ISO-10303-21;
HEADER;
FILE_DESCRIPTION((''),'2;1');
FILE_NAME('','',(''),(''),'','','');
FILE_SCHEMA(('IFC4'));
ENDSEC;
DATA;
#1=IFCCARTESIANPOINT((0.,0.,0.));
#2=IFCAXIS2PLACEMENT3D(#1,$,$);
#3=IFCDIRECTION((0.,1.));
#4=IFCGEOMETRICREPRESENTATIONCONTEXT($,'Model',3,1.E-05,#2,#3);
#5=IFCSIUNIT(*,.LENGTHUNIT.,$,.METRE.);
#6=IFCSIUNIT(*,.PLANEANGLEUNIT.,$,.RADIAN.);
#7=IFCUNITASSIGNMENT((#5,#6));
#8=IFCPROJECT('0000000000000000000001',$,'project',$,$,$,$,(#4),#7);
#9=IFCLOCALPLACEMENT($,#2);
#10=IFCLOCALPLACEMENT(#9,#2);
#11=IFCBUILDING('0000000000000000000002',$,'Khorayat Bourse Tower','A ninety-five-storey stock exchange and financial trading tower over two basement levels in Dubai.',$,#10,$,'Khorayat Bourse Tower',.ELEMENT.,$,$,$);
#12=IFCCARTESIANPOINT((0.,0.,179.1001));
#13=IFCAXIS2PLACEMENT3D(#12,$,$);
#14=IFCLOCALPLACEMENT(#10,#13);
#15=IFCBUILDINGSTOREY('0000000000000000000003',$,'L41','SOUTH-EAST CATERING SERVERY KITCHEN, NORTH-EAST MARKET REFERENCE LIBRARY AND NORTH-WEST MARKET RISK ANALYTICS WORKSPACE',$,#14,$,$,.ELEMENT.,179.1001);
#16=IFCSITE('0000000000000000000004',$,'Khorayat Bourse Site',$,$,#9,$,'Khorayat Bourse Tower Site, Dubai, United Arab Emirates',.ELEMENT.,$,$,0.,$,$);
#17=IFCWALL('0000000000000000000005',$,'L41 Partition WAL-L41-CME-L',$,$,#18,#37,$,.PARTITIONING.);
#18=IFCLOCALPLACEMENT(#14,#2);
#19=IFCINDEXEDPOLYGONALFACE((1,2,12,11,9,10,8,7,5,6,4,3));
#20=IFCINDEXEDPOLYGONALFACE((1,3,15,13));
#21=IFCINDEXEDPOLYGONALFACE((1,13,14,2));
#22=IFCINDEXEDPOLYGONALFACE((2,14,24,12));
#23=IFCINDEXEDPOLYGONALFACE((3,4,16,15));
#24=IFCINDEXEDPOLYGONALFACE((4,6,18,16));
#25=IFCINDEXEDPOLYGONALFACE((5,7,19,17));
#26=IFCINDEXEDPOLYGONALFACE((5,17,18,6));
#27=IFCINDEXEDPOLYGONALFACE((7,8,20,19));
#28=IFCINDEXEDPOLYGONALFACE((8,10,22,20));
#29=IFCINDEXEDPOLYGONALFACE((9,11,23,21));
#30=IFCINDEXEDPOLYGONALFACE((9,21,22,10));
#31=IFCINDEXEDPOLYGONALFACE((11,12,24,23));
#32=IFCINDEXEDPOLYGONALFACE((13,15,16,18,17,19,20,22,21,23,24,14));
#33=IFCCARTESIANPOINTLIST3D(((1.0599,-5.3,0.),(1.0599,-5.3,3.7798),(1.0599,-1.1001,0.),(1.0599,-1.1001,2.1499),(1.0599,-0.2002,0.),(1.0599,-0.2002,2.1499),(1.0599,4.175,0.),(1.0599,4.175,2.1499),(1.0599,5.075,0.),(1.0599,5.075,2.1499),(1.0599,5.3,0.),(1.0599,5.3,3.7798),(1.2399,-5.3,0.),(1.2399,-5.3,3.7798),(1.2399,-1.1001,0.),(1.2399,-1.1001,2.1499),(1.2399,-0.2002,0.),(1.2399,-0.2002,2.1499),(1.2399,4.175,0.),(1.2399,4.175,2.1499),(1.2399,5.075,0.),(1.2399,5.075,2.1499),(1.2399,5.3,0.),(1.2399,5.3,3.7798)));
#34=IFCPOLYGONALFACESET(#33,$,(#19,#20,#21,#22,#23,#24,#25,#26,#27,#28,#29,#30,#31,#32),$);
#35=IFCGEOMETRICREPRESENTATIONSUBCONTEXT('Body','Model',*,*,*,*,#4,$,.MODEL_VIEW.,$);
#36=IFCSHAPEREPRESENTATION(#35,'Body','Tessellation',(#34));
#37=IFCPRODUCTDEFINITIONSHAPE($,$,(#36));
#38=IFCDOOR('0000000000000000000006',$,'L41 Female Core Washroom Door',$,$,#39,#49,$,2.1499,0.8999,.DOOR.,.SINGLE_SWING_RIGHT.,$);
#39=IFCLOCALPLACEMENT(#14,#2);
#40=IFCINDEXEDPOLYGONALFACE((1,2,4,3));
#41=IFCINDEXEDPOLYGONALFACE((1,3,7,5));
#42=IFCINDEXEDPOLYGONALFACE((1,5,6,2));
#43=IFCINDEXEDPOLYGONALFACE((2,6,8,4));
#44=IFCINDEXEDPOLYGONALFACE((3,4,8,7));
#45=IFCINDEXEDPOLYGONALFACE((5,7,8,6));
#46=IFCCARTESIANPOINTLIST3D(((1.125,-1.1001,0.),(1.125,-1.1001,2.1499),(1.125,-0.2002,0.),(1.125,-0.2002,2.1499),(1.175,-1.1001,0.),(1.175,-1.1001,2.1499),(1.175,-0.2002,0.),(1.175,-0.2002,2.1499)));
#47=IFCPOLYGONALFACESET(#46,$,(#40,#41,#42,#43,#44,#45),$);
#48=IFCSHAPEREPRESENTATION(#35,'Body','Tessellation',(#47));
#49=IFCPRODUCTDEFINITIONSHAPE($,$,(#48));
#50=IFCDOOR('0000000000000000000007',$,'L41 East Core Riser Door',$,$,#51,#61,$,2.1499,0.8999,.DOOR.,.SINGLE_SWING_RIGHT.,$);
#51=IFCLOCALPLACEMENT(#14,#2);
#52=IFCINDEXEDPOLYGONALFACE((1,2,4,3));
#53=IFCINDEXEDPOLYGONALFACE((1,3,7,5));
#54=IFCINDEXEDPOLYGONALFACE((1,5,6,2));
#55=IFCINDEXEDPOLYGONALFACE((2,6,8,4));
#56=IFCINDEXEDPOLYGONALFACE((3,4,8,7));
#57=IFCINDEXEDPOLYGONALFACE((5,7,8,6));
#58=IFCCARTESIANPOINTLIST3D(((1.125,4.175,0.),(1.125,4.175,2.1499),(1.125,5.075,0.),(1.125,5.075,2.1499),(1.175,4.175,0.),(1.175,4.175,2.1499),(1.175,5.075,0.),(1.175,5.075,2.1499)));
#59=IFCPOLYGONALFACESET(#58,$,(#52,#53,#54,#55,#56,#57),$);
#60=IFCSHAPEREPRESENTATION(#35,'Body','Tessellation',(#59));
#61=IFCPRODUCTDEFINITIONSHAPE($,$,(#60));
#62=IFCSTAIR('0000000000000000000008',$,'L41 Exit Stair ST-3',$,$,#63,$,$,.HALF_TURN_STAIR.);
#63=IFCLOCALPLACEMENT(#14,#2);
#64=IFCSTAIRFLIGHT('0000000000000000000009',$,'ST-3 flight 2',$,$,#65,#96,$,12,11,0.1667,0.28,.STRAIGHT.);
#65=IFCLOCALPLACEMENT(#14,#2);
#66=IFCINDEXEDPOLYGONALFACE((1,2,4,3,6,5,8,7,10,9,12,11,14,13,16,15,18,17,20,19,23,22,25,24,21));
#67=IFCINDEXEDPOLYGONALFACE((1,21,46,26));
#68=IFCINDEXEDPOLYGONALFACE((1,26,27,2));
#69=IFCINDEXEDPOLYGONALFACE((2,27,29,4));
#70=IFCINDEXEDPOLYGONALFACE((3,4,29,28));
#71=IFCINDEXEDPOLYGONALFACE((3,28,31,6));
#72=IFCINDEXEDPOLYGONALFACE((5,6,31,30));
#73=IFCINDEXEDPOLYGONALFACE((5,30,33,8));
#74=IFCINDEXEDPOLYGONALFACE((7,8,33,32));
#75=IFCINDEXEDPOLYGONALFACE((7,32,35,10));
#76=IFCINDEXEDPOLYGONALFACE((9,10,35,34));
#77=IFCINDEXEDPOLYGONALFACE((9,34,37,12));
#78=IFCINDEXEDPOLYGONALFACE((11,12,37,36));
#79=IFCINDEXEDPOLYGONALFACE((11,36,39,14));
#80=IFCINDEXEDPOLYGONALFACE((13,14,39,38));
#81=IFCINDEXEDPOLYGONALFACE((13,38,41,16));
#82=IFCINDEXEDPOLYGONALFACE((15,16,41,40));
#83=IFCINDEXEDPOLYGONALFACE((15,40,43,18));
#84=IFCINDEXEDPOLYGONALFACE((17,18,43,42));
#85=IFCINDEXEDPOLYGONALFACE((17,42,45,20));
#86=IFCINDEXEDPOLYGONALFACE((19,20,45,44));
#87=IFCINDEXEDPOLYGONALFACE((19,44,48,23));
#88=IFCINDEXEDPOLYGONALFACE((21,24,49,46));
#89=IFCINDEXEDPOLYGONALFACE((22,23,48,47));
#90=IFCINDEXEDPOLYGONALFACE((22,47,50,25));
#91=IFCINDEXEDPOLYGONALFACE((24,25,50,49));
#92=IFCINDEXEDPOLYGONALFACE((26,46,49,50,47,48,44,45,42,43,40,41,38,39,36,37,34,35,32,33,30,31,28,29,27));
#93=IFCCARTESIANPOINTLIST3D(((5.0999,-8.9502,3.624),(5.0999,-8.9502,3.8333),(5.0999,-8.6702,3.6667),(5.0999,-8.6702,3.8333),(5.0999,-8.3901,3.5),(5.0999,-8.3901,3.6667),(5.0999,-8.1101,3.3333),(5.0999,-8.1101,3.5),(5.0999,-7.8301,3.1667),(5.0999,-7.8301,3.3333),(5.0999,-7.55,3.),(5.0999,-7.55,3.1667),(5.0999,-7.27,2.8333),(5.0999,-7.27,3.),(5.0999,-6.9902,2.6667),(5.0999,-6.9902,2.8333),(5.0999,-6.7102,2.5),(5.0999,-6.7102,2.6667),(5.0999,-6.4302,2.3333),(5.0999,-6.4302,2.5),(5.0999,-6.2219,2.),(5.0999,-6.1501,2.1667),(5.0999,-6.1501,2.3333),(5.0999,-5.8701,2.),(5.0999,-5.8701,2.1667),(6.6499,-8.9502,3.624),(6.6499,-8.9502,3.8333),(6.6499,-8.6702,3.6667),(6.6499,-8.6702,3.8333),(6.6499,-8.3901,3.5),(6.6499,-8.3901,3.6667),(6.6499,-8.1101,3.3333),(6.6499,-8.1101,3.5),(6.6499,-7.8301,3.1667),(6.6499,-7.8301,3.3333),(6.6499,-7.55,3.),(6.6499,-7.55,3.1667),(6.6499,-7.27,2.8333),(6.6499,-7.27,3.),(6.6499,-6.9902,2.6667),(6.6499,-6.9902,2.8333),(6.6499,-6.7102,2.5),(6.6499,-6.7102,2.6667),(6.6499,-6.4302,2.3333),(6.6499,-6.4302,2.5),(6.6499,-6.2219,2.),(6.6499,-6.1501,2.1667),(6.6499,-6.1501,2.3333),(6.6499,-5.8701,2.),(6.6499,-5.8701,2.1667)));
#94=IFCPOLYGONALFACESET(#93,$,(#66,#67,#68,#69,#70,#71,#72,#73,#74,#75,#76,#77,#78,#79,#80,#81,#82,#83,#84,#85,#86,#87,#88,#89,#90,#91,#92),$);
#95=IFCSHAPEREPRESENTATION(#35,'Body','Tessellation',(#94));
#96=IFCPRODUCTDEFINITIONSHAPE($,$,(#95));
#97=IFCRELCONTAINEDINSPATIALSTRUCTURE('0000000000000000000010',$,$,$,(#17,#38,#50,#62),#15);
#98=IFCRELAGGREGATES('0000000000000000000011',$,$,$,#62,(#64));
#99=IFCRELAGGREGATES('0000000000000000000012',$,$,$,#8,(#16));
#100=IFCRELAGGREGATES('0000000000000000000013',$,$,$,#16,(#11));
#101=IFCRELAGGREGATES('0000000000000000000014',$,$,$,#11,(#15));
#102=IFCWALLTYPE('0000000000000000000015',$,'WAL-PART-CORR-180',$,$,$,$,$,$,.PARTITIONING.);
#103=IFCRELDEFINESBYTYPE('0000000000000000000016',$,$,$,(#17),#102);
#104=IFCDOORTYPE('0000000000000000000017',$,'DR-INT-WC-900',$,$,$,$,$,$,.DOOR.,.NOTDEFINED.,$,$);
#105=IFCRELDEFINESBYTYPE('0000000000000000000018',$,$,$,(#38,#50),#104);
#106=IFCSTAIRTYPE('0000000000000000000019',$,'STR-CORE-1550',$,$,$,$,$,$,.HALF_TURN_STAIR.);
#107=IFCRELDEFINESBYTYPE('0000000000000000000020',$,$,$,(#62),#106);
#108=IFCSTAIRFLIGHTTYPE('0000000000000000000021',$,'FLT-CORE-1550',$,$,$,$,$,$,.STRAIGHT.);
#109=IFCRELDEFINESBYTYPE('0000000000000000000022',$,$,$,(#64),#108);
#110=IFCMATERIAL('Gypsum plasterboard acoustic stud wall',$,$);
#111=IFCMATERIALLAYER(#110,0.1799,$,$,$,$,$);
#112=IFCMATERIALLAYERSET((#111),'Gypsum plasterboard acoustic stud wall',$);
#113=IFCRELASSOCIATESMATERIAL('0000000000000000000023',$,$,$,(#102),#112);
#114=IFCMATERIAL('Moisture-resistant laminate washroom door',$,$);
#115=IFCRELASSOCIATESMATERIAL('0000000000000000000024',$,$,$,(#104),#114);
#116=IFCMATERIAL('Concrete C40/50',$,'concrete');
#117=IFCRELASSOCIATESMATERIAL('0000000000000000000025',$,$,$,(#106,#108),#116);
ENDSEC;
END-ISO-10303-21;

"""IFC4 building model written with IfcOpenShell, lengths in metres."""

from ifc_helpers import new_model, si_unit, direction, frame, frame_2d, origin, place, context, subcontext, project, spatial, polyline, rectangle, outline, extrude, source, transform, mapped, material, layer, layer_set, type_object, element, fill, aggregate, save


model = new_model("IFC4")

# Units and contexts
model_context = context("Model", 3, precision=1e-05, world=origin(), true_north=direction((0.0, 1.0)))
body_context = subcontext(model_context, "Body", "Model", "MODEL_VIEW")
ifc_project = project(units=[si_unit("LENGTHUNIT", "METRE"), si_unit("PLANEANGLEUNIT", "RADIAN")], contexts=[model_context])

# Site, building, storey
site_placement = place(None, origin())
site = spatial("IfcSite", under=ifc_project, at=site_placement, Name="Khorayat Bourse Site", LongName="Khorayat Bourse Tower Site, Dubai, United Arab Emirates", CompositionType="ELEMENT", RefElevation=0.0)
building_placement = place(site_placement, origin())
building = spatial("IfcBuilding", under=site, at=building_placement, Name="Khorayat Bourse Tower", Description="A ninety-five-storey stock exchange and financial trading tower over two basement levels in Dubai.", LongName="Khorayat Bourse Tower", CompositionType="ELEMENT")
storey_placement = place(building_placement, frame((0.0, 0.0, 179.1001)))
storey = spatial("IfcBuildingStorey", under=building, at=storey_placement, Name="L41", Description="SOUTH-EAST CATERING SERVERY KITCHEN, NORTH-EAST MARKET REFERENCE LIBRARY AND NORTH-WEST MARKET RISK ANALYTICS WORKSPACE", CompositionType="ELEMENT", Elevation=179.1001)

# Shared definitions
ifc_material_1 = material(Name="Gypsum plasterboard acoustic stud wall")
ifc_layer_1 = layer(ifc_material_1, 0.1799)
ifc_layer_set_1 = layer_set([ifc_layer_1], Name="Gypsum plasterboard acoustic stud wall")
wall_type_1 = type_object("IfcWallType", Name="WAL-PART-CORR-180", PredefinedType="PARTITIONING", material=ifc_layer_set_1)
shared_shape_1 = source(origin(), body_context, "Body", "SweptSolid", [
    extrude(rectangle(XDim=0.8999, YDim=2.1499, at=frame_2d((0.45, 1.075))), frame((0.0, 0.0999, 0.0), z_axis=(0.0, -1.0, 0.0), x_axis=(1.0, 0.0, 0.0)), (0.0, 0.0, 1.0), 0.2),
])
ifc_material_2 = material(Name="Moisture-resistant laminate washroom door")
door_type = type_object("IfcDoorType", Name="DR-INT-WC-900", OperationType="NOTDEFINED", PredefinedType="DOOR", material=ifc_material_2)
shared_shape_2 = source(origin(), body_context, "Body", "SweptSolid", [
    extrude(rectangle(XDim=0.8999, YDim=2.1499, at=frame_2d((0.45, 1.075))), frame((0.0, 0.0249, 0.0), z_axis=(0.0, -1.0, 0.0), x_axis=(1.0, 0.0, 0.0)), (0.0, 0.0, 1.0), 0.05),
])

# Wall, openings, doors
shared_shape_3 = source(origin(), body_context, "Body", "SweptSolid", [
    extrude(rectangle(XDim=10.6001, YDim=0.1799, at=frame_2d((5.3, 0.0))), origin(), (0.0, 0.0, 1.0), 3.7798),
])
wall_1_placement = place(storey_placement, frame((1.1499, -5.3, 0.0), z_axis=(0.0, 0.0, 1.0), x_axis=(0.0, 1.0, 0.0)))
wall_1 = element("IfcWall", 1, at=wall_1_placement, inside=storey, type_object=wall_type_1, Name="L41 Partition WAL-L41-CME-L", PredefinedType="PARTITIONING", context=body_context, shape_type="MappedRepresentation", body=[
    mapped(shared_shape_3, transform((0.0, 0.0, 0.0), scale=1.0)),
])
opening_1_placement = place(wall_1_placement, frame((4.2, 0.0, 0.0)))
opening_1 = element("IfcOpeningElement", 2, at=opening_1_placement, cuts=wall_1, PredefinedType="OPENING", context=body_context, shape_type="MappedRepresentation", body=[
    mapped(shared_shape_1, transform((0.0, 0.0, 0.0), scale=1.0)),
])
opening_2_placement = place(wall_1_placement, frame((9.4751, 0.0, 0.0)))
opening_2 = element("IfcOpeningElement", 3, at=opening_2_placement, cuts=wall_1, PredefinedType="OPENING", context=body_context, shape_type="MappedRepresentation", body=[
    mapped(shared_shape_1, transform((0.0, 0.0, 0.0), scale=1.0)),
])
door_1_placement = place(opening_1_placement, origin())
door_1 = element("IfcDoor", 4, at=door_1_placement, inside=storey, type_object=door_type, Name="L41 Female Core Washroom Door", OperationType="SINGLE_SWING_RIGHT", OverallHeight=2.1499, OverallWidth=0.8999, PredefinedType="DOOR", context=body_context, shape_type="MappedRepresentation", body=[
    mapped(shared_shape_2, transform((0.0, 0.0, 0.0), scale=1.0)),
])
fill(opening_1, door_1)
door_2_placement = place(opening_2_placement, origin())
door_2 = element("IfcDoor", 5, at=door_2_placement, inside=storey, type_object=door_type, Name="L41 East Core Riser Door", OperationType="SINGLE_SWING_RIGHT", OverallHeight=2.1499, OverallWidth=0.8999, PredefinedType="DOOR", context=body_context, shape_type="MappedRepresentation", body=[
    mapped(shared_shape_2, transform((0.0, 0.0, 0.0), scale=1.0)),
])
fill(opening_2, door_2)

# Stair, stair flight
ifc_material_3 = material(Name="Concrete C40/50", Category="concrete")
stair_type = type_object("IfcStairType", Name="STR-CORE-1550", PredefinedType="HALF_TURN_STAIR", material=ifc_material_3)
stair_placement = place(storey_placement, origin())
stair = element("IfcStair", 6, at=stair_placement, inside=storey, type_object=stair_type, Name="L41 Exit Stair ST-3", PredefinedType="HALF_TURN_STAIR")
stair_flight_type = type_object("IfcStairFlightType", Name="FLT-CORE-1550", PredefinedType="STRAIGHT", material=ifc_material_3)
shared_shape_4 = source(origin(), body_context, "Body", "SweptSolid", [
    extrude(outline(polyline([(0.0, 0.0), (0.0, 0.1667), (0.28, 0.1667), (0.28, 0.3333), (0.5601, 0.3333), (0.5601, 0.5), (0.8401, 0.5), (0.8401, 0.6667), (1.1201, 0.6667), (1.1201, 0.8333), (1.3999, 0.8333), (1.3999, 1.0), (1.6799, 1.0), (1.6799, 1.1667), (1.96, 1.1667), (1.96, 1.3333), (2.24, 1.3333), (2.24, 1.5), (2.52, 1.5), (2.52, 1.6667), (2.8, 1.6667), (2.8, 1.8333), (3.0801, 1.8333), (3.0801, 2.0), (3.0801, 1.624), (0.3518, 0.0), (0.0, 0.0)])), frame((0.0, 0.7749, 0.0), z_axis=(0.0, -1.0, 0.0), x_axis=(1.0, 0.0, 0.0)), (0.0, 0.0, 1.0), 1.55),
])
stair_flight_placement = place(storey_placement, frame((5.875, -5.8701, 2.0), z_axis=(0.0, 0.0, 1.0), x_axis=(0.0, -1.0, 0.0)))
stair_flight = element("IfcStairFlight", 7, at=stair_flight_placement, type_object=stair_flight_type, Name="ST-3 flight 2", NumberOfRisers=12, NumberOfTreads=11, PredefinedType="STRAIGHT", RiserHeight=0.1667, TreadLength=0.28, context=body_context, shape_type="MappedRepresentation", body=[
    mapped(shared_shape_4, transform((0.0, 0.0, 0.0), scale=1.0)),
])
aggregate(stair, [stair_flight])

save(model, "model.ifc")
